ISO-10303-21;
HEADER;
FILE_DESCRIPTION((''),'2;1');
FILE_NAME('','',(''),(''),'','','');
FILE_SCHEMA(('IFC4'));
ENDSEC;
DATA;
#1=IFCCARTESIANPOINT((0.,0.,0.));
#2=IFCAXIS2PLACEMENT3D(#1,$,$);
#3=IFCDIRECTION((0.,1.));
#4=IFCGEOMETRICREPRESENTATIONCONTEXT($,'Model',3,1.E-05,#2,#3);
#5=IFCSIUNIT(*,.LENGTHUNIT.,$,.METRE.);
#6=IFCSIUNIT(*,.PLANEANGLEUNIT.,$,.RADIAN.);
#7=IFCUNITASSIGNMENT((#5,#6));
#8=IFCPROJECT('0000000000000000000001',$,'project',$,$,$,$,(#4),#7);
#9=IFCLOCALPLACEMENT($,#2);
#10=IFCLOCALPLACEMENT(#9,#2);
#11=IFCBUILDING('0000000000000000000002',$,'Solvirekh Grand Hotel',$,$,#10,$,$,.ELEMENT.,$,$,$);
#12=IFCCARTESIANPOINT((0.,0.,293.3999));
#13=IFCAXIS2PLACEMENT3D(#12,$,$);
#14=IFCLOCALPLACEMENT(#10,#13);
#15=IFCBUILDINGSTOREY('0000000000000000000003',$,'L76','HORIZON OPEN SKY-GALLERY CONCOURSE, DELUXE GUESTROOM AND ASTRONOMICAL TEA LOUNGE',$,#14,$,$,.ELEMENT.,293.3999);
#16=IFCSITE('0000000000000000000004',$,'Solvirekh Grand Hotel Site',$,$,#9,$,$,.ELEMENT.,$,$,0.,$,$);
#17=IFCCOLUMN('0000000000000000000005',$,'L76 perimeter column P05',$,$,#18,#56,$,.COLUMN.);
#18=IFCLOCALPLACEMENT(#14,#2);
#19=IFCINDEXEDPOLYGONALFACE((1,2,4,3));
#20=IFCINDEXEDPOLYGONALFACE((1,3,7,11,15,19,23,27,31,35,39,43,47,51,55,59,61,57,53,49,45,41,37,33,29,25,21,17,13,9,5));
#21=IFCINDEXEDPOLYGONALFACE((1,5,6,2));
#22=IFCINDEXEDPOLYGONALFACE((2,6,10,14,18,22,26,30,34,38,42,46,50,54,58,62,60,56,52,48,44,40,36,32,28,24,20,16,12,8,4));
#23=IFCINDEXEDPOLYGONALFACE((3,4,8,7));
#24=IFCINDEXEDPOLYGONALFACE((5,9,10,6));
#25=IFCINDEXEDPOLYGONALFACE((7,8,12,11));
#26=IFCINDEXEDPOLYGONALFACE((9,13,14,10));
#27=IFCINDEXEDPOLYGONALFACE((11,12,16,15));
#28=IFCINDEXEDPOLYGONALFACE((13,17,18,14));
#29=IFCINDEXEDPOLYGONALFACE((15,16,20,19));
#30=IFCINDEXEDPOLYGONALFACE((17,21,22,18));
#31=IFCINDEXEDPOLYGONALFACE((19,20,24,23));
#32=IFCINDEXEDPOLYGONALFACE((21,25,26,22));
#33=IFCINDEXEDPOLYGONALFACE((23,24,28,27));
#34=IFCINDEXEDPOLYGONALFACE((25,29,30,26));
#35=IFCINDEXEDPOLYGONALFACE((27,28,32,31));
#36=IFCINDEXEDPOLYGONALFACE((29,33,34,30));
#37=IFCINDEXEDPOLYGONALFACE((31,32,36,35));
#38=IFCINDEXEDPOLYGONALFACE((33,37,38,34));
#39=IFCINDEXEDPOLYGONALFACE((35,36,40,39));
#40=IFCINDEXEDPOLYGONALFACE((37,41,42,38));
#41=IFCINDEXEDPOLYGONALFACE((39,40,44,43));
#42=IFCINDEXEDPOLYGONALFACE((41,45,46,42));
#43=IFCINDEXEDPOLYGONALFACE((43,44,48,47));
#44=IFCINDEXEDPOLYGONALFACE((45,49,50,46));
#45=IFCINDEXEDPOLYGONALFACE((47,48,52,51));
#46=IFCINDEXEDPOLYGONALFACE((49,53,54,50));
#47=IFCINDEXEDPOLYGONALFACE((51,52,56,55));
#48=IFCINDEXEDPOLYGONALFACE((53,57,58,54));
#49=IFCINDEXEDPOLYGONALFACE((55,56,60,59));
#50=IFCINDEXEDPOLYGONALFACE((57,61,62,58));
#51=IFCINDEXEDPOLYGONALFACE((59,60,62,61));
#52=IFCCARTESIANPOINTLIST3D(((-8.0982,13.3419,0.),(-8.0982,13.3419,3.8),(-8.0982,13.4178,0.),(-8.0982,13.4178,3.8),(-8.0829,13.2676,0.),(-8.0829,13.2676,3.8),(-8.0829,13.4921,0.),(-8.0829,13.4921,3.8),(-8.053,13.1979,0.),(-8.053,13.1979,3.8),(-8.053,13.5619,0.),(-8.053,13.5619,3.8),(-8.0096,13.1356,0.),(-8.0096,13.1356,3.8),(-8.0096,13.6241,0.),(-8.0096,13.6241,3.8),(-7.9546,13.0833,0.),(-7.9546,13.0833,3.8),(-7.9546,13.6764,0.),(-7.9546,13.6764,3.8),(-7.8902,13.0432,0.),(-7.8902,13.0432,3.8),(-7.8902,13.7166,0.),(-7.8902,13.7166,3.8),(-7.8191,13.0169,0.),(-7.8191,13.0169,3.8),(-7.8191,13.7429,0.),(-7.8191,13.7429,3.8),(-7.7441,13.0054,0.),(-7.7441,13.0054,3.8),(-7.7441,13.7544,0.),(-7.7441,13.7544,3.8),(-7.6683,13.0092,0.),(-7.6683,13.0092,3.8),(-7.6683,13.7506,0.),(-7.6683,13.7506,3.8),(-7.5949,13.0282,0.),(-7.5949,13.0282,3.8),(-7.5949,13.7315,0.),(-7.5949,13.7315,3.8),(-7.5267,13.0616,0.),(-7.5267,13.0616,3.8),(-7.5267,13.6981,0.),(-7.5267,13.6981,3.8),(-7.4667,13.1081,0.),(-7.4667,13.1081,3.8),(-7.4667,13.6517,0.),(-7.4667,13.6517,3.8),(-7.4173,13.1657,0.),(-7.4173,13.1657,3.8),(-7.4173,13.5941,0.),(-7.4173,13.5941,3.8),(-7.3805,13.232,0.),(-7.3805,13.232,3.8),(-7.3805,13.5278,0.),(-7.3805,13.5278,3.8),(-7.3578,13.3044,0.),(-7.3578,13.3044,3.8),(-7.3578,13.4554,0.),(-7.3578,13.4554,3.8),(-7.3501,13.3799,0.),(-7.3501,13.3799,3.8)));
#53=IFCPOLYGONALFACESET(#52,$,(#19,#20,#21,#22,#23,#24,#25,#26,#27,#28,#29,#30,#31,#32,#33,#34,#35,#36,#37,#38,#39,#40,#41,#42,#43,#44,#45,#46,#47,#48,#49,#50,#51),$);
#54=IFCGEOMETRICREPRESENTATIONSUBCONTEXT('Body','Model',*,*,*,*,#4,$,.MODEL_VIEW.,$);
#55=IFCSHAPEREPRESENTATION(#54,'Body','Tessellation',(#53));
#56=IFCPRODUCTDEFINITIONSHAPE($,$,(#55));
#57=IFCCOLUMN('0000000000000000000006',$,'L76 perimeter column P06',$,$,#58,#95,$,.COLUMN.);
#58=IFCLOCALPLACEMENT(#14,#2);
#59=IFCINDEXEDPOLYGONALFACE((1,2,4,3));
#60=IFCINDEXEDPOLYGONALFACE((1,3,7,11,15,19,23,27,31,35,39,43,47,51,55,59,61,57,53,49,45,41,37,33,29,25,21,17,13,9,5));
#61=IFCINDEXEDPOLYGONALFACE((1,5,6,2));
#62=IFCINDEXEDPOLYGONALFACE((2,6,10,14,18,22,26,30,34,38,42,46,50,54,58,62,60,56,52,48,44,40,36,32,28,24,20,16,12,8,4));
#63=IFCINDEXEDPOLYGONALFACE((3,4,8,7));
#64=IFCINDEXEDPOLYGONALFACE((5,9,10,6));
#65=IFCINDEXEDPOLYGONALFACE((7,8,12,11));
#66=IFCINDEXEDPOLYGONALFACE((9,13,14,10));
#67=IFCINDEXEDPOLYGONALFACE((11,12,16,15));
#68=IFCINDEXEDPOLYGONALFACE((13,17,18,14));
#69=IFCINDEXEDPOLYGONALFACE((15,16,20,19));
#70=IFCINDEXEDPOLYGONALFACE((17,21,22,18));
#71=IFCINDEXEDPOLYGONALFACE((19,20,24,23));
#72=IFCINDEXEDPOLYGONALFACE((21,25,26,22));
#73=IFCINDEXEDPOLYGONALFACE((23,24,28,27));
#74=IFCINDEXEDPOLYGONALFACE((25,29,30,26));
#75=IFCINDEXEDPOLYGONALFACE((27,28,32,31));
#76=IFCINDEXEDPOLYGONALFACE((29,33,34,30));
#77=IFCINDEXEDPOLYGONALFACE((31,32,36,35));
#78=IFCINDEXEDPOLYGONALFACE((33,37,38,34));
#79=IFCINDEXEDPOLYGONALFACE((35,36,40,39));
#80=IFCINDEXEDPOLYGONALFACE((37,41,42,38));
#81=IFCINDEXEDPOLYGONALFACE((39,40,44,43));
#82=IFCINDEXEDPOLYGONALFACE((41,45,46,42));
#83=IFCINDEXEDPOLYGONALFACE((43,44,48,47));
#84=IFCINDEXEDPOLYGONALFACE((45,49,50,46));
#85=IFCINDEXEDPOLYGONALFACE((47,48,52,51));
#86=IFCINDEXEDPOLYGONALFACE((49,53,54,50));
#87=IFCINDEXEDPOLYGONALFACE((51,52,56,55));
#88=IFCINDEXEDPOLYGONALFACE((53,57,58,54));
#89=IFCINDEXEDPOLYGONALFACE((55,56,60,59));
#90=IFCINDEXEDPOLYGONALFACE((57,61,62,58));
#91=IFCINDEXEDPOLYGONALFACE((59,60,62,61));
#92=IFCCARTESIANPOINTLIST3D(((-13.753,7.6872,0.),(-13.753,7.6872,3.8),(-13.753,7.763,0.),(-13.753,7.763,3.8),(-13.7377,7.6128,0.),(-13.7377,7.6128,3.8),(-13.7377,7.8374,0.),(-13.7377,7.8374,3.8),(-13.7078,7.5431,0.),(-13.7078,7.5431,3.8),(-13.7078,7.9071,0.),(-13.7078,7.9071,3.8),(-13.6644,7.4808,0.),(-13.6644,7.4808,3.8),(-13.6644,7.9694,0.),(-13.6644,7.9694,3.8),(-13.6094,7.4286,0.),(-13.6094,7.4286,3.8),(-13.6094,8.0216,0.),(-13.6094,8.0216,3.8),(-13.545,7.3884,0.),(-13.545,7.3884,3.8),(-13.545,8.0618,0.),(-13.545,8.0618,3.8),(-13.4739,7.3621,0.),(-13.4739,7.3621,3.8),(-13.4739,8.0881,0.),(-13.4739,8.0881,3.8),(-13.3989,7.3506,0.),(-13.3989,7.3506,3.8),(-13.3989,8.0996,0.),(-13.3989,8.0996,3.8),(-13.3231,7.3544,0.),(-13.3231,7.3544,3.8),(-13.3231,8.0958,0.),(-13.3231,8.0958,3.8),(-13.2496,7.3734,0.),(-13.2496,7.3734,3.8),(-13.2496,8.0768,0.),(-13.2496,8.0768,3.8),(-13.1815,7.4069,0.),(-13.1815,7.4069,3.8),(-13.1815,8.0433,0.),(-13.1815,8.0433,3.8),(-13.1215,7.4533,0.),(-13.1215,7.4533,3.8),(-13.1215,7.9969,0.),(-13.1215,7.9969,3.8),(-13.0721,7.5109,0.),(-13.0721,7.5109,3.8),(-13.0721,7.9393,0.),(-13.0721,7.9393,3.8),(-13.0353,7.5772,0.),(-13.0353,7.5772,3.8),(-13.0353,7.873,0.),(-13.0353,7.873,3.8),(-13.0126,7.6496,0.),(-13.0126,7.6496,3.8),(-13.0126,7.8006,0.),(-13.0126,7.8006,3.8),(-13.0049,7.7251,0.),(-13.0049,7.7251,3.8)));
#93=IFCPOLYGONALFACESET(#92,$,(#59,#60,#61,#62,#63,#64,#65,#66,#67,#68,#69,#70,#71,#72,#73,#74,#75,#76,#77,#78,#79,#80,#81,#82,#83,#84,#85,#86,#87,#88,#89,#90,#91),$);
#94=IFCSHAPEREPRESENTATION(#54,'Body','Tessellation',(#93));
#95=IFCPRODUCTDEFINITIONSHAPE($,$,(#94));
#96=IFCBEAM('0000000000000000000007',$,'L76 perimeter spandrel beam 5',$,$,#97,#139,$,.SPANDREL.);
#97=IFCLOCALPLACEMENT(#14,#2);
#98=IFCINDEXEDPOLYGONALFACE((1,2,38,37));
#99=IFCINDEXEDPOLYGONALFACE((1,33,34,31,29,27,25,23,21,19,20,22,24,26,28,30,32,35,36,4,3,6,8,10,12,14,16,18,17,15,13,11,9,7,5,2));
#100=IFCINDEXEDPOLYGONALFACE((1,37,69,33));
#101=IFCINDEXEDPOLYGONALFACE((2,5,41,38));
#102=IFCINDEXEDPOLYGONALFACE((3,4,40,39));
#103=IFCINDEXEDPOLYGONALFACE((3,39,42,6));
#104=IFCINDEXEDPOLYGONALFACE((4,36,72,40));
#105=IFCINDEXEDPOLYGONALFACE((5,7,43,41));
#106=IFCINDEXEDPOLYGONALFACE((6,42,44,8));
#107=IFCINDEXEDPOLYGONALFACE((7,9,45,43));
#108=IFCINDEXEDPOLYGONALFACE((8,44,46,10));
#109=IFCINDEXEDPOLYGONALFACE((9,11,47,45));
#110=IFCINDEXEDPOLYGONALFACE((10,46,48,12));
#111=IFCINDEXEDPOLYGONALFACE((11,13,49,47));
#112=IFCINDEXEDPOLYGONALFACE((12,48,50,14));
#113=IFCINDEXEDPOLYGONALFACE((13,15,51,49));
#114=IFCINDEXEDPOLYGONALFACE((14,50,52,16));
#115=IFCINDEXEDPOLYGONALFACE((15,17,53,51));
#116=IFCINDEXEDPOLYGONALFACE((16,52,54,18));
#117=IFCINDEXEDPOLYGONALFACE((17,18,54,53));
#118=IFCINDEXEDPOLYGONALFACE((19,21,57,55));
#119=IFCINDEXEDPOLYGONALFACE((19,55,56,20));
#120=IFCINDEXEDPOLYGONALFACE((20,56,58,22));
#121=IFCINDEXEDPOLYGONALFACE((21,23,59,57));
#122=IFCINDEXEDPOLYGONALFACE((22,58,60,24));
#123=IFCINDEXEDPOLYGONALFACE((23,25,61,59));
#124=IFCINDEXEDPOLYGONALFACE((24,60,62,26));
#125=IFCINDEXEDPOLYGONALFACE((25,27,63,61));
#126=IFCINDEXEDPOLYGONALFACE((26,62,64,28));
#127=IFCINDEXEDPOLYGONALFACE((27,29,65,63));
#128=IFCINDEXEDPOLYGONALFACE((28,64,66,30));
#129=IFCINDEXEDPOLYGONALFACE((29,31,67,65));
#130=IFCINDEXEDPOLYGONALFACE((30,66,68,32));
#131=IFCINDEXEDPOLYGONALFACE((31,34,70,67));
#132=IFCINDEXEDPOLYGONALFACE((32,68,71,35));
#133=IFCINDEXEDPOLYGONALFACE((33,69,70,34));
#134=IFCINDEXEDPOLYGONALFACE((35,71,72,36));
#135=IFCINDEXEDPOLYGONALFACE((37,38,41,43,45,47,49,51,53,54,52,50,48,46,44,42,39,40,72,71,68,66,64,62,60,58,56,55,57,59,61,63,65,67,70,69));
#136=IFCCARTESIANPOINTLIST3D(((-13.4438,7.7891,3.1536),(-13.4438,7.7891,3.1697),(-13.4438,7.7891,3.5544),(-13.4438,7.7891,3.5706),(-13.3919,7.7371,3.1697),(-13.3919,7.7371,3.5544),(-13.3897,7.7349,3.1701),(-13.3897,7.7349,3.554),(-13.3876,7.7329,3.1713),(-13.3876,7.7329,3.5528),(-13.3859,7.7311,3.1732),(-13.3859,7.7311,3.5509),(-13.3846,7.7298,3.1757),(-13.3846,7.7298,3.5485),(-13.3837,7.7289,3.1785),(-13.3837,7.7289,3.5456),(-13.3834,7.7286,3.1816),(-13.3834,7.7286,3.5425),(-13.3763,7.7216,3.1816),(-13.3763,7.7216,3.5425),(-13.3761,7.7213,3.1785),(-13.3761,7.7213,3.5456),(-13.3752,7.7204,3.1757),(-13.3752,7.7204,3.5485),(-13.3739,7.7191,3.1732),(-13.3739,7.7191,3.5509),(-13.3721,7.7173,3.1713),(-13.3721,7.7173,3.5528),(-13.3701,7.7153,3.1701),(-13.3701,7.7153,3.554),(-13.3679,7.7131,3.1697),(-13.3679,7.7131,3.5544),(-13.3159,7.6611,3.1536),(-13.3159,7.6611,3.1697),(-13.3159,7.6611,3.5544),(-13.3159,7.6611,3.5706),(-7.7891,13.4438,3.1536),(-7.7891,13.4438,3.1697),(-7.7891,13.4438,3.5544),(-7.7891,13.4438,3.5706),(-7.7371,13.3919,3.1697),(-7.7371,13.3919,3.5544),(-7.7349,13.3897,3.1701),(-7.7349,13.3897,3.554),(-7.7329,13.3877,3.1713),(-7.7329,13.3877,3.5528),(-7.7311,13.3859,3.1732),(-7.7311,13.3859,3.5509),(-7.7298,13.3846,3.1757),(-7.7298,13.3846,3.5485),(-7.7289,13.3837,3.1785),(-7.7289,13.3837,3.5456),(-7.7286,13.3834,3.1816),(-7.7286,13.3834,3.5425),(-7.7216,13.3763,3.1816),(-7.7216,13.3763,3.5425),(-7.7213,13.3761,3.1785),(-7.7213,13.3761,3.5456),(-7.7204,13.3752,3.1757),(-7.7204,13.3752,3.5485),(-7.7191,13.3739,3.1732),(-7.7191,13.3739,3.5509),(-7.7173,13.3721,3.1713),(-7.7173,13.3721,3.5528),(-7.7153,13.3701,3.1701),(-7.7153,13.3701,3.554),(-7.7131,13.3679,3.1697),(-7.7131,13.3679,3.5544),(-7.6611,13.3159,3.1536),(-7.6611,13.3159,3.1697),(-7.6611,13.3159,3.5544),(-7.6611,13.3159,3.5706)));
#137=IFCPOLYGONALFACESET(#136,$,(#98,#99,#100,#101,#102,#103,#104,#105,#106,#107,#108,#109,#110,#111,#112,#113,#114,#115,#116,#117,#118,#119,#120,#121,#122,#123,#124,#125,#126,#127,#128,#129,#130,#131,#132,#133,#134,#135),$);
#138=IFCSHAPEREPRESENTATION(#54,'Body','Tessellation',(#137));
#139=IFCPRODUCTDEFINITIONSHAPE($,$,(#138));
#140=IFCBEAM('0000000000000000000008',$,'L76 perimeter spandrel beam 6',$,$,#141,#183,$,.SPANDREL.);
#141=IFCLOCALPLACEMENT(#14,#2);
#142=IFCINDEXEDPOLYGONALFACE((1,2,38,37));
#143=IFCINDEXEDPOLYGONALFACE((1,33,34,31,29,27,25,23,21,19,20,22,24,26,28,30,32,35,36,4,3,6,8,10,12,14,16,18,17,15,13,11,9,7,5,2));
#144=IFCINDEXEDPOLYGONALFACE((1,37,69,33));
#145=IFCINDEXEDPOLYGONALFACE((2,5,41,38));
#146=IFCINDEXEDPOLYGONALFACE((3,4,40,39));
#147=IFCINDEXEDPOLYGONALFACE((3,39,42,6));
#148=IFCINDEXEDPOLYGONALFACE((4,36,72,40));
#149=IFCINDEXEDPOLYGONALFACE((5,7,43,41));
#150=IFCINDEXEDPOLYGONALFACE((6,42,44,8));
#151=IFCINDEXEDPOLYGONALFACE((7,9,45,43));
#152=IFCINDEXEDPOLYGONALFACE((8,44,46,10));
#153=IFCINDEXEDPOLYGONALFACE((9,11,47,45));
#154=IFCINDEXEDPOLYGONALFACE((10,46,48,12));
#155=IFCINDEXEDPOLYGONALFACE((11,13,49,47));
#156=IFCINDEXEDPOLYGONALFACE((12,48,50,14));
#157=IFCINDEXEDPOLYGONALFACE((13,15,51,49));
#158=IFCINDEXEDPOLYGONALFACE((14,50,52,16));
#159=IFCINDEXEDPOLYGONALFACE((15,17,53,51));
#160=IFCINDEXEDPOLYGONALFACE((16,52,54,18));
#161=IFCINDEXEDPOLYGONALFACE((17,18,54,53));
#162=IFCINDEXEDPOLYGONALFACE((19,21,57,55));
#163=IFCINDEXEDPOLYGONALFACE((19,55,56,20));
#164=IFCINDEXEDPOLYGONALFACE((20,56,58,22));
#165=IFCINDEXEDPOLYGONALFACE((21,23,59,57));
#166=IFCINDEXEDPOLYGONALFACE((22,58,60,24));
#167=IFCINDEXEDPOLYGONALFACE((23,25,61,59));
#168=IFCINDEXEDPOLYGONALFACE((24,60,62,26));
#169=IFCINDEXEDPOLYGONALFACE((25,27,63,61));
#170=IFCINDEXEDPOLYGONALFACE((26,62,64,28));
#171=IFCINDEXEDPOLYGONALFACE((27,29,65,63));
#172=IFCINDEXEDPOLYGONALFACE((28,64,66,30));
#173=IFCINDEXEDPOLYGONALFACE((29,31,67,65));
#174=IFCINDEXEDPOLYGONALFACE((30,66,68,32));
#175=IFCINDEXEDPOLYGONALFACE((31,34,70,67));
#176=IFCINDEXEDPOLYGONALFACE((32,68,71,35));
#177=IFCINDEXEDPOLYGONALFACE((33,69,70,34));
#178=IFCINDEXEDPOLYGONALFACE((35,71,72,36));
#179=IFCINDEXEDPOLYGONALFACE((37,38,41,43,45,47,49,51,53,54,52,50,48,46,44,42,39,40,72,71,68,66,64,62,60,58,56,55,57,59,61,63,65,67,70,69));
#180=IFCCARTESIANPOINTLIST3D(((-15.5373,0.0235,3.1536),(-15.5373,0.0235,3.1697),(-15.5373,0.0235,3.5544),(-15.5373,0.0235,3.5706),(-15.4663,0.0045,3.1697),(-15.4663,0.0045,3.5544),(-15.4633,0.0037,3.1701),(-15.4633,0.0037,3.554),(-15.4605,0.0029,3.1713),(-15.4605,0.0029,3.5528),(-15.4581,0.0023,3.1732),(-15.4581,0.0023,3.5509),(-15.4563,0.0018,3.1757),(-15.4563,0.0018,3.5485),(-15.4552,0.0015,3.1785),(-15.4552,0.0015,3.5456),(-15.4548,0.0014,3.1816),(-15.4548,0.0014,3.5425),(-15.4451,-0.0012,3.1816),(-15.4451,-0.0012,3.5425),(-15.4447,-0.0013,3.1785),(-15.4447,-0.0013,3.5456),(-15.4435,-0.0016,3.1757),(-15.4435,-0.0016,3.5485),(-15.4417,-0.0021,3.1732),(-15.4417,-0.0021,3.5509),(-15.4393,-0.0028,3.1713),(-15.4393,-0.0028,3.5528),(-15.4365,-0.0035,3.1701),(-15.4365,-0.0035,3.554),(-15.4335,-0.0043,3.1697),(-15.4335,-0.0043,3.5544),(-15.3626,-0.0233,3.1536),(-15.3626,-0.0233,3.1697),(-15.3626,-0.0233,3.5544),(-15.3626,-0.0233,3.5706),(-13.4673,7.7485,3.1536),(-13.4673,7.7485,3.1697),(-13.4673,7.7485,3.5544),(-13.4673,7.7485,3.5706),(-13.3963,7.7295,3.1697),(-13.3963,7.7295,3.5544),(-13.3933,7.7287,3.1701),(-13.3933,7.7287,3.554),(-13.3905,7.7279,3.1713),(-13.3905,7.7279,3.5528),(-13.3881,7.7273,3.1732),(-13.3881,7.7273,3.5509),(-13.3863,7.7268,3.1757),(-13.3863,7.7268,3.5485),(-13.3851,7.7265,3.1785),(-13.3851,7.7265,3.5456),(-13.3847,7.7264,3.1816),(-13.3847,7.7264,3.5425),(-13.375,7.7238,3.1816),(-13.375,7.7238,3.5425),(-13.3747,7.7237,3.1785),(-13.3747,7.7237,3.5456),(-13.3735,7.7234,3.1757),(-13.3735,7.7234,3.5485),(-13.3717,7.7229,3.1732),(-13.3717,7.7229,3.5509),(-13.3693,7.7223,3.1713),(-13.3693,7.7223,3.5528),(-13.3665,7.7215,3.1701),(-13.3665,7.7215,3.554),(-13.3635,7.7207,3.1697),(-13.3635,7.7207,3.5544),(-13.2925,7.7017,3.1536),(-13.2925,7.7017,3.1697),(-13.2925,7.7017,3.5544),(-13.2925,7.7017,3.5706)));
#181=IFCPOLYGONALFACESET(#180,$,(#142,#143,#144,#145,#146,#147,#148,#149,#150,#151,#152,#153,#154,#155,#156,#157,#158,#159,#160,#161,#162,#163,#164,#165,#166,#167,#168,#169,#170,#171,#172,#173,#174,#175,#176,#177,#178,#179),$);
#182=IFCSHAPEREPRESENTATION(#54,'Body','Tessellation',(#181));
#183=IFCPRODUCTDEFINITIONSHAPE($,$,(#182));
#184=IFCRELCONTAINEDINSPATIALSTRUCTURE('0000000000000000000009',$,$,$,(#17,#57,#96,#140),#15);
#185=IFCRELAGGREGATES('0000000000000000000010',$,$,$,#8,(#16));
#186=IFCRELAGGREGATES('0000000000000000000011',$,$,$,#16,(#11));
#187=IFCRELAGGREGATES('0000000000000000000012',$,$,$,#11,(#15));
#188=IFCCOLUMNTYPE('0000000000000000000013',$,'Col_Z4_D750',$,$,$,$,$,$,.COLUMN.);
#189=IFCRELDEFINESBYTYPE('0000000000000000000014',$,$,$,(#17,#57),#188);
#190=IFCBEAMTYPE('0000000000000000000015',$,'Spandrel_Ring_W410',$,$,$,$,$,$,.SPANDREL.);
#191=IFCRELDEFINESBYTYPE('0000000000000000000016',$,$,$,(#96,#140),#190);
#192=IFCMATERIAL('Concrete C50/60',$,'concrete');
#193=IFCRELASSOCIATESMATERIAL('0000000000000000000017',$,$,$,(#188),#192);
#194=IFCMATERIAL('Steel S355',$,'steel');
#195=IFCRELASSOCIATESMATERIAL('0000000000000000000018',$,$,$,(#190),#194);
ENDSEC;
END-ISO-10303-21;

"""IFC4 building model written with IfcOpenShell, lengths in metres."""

from ifc_helpers import new_model, si_unit, direction, frame, origin, origin_2d, place, context, subcontext, project, spatial, circle, i_section, extrude, material, material_profile, profile_set, type_object, element, save


model = new_model("IFC4")

# Units and contexts
model_context = context("Model", 3, precision=1e-05, world=origin(), true_north=direction((0.0, 1.0)))
body_context = subcontext(model_context, "Body", "Model", "MODEL_VIEW")
ifc_project = project(units=[si_unit("LENGTHUNIT", "METRE"), si_unit("PLANEANGLEUNIT", "RADIAN")], contexts=[model_context])

# Site, building, storey
site_placement = place(None, origin())
site = spatial("IfcSite", under=ifc_project, at=site_placement, Name="Solvirekh Grand Hotel Site", CompositionType="ELEMENT", RefElevation=0.0)
building_placement = place(site_placement, origin())
building = spatial("IfcBuilding", under=site, at=building_placement, Name="Solvirekh Grand Hotel", CompositionType="ELEMENT")
storey_placement = place(building_placement, frame((0.0, 0.0, 293.3999)))
storey = spatial("IfcBuildingStorey", under=building, at=storey_placement, Name="L76", Description="HORIZON OPEN SKY-GALLERY CONCOURSE, DELUXE GUESTROOM AND ASTRONOMICAL TEA LOUNGE", CompositionType="ELEMENT", Elevation=293.3999)

# Columns
ifc_material_1 = material(Name="Concrete C50/60", Category="concrete")
ifc_material_profile_1 = material_profile(ifc_material_1, circle(Radius=0.375, at=origin_2d()), Name="RC CIRC D750")
ifc_profile_set_1 = profile_set([ifc_material_profile_1], Name="Concrete C50/60")
column_type = type_object("IfcColumnType", Name="Col_Z4_D750", PredefinedType="COLUMN", material=ifc_profile_set_1)
for number, where, z_axis, x_axis, name in (
    (1, (-7.7251, 13.3799, 0.0), (0.0, 0.0, 1.0), (1.0, 0.0, 0.0), "L76 perimeter column P05"),
    (2, (-13.3799, 7.7251, 0.0), (0.0, 0.0, 1.0), (1.0, 0.0, 0.0), "L76 perimeter column P06"),
):
    element("IfcColumn", number, at=place(storey_placement, frame(where, z_axis=z_axis, x_axis=x_axis)), inside=storey, type_object=column_type, Name=name, PredefinedType="COLUMN", context=body_context, shape_type="SweptSolid", body=[
        extrude(circle(Radius=0.375, at=origin_2d()), origin(), (0.0, 0.0, 1.0), 3.8),
    ])

# Beams
ifc_material_2 = material(Name="Steel S355", Category="steel")
ifc_material_profile_2 = material_profile(ifc_material_2, i_section(OverallWidth=0.1809, OverallDepth=0.417, WebThickness=0.01, FlangeThickness=0.0161, FilletRadius=0.012, at=origin_2d()), Name="W410X85")
ifc_profile_set_2 = profile_set([ifc_material_profile_2], Name="Steel S355")
beam_type = type_object("IfcBeamType", Name="Spandrel_Ring_W410", PredefinedType="SPANDREL", material=ifc_profile_set_2)
beam_1_placement = place(storey_placement, frame((-7.7251, 13.3799, 3.3621), z_axis=(-0.707107, -0.707107, 0.0), x_axis=(0.707107, -0.707107, 0.0)))
element("IfcBeam", 3, at=beam_1_placement, inside=storey, type_object=beam_type, Name="L76 perimeter spandrel beam 5", PredefinedType="SPANDREL", context=body_context, shape_type="SweptSolid", body=[
    extrude(i_section(OverallWidth=0.1809, OverallDepth=0.417, WebThickness=0.01, FlangeThickness=0.0161, FilletRadius=0.012, at=origin_2d()), origin(), (0.0, 0.0, 1.0), 7.9971),
])
beam_2_placement = place(storey_placement, frame((-13.3799, 7.7251, 3.3621), z_axis=(-0.258835, -0.965922, 0.0), x_axis=(0.965922, -0.258835, 0.0)))
element("IfcBeam", 4, at=beam_2_placement, inside=storey, type_object=beam_type, Name="L76 perimeter spandrel beam 6", PredefinedType="SPANDREL", context=body_context, shape_type="SweptSolid", body=[
    extrude(i_section(OverallWidth=0.1809, OverallDepth=0.417, WebThickness=0.01, FlangeThickness=0.0161, FilletRadius=0.012, at=origin_2d()), origin(), (0.0, 0.0, 1.0), 7.9976),
])

save(model, "model.ifc")
